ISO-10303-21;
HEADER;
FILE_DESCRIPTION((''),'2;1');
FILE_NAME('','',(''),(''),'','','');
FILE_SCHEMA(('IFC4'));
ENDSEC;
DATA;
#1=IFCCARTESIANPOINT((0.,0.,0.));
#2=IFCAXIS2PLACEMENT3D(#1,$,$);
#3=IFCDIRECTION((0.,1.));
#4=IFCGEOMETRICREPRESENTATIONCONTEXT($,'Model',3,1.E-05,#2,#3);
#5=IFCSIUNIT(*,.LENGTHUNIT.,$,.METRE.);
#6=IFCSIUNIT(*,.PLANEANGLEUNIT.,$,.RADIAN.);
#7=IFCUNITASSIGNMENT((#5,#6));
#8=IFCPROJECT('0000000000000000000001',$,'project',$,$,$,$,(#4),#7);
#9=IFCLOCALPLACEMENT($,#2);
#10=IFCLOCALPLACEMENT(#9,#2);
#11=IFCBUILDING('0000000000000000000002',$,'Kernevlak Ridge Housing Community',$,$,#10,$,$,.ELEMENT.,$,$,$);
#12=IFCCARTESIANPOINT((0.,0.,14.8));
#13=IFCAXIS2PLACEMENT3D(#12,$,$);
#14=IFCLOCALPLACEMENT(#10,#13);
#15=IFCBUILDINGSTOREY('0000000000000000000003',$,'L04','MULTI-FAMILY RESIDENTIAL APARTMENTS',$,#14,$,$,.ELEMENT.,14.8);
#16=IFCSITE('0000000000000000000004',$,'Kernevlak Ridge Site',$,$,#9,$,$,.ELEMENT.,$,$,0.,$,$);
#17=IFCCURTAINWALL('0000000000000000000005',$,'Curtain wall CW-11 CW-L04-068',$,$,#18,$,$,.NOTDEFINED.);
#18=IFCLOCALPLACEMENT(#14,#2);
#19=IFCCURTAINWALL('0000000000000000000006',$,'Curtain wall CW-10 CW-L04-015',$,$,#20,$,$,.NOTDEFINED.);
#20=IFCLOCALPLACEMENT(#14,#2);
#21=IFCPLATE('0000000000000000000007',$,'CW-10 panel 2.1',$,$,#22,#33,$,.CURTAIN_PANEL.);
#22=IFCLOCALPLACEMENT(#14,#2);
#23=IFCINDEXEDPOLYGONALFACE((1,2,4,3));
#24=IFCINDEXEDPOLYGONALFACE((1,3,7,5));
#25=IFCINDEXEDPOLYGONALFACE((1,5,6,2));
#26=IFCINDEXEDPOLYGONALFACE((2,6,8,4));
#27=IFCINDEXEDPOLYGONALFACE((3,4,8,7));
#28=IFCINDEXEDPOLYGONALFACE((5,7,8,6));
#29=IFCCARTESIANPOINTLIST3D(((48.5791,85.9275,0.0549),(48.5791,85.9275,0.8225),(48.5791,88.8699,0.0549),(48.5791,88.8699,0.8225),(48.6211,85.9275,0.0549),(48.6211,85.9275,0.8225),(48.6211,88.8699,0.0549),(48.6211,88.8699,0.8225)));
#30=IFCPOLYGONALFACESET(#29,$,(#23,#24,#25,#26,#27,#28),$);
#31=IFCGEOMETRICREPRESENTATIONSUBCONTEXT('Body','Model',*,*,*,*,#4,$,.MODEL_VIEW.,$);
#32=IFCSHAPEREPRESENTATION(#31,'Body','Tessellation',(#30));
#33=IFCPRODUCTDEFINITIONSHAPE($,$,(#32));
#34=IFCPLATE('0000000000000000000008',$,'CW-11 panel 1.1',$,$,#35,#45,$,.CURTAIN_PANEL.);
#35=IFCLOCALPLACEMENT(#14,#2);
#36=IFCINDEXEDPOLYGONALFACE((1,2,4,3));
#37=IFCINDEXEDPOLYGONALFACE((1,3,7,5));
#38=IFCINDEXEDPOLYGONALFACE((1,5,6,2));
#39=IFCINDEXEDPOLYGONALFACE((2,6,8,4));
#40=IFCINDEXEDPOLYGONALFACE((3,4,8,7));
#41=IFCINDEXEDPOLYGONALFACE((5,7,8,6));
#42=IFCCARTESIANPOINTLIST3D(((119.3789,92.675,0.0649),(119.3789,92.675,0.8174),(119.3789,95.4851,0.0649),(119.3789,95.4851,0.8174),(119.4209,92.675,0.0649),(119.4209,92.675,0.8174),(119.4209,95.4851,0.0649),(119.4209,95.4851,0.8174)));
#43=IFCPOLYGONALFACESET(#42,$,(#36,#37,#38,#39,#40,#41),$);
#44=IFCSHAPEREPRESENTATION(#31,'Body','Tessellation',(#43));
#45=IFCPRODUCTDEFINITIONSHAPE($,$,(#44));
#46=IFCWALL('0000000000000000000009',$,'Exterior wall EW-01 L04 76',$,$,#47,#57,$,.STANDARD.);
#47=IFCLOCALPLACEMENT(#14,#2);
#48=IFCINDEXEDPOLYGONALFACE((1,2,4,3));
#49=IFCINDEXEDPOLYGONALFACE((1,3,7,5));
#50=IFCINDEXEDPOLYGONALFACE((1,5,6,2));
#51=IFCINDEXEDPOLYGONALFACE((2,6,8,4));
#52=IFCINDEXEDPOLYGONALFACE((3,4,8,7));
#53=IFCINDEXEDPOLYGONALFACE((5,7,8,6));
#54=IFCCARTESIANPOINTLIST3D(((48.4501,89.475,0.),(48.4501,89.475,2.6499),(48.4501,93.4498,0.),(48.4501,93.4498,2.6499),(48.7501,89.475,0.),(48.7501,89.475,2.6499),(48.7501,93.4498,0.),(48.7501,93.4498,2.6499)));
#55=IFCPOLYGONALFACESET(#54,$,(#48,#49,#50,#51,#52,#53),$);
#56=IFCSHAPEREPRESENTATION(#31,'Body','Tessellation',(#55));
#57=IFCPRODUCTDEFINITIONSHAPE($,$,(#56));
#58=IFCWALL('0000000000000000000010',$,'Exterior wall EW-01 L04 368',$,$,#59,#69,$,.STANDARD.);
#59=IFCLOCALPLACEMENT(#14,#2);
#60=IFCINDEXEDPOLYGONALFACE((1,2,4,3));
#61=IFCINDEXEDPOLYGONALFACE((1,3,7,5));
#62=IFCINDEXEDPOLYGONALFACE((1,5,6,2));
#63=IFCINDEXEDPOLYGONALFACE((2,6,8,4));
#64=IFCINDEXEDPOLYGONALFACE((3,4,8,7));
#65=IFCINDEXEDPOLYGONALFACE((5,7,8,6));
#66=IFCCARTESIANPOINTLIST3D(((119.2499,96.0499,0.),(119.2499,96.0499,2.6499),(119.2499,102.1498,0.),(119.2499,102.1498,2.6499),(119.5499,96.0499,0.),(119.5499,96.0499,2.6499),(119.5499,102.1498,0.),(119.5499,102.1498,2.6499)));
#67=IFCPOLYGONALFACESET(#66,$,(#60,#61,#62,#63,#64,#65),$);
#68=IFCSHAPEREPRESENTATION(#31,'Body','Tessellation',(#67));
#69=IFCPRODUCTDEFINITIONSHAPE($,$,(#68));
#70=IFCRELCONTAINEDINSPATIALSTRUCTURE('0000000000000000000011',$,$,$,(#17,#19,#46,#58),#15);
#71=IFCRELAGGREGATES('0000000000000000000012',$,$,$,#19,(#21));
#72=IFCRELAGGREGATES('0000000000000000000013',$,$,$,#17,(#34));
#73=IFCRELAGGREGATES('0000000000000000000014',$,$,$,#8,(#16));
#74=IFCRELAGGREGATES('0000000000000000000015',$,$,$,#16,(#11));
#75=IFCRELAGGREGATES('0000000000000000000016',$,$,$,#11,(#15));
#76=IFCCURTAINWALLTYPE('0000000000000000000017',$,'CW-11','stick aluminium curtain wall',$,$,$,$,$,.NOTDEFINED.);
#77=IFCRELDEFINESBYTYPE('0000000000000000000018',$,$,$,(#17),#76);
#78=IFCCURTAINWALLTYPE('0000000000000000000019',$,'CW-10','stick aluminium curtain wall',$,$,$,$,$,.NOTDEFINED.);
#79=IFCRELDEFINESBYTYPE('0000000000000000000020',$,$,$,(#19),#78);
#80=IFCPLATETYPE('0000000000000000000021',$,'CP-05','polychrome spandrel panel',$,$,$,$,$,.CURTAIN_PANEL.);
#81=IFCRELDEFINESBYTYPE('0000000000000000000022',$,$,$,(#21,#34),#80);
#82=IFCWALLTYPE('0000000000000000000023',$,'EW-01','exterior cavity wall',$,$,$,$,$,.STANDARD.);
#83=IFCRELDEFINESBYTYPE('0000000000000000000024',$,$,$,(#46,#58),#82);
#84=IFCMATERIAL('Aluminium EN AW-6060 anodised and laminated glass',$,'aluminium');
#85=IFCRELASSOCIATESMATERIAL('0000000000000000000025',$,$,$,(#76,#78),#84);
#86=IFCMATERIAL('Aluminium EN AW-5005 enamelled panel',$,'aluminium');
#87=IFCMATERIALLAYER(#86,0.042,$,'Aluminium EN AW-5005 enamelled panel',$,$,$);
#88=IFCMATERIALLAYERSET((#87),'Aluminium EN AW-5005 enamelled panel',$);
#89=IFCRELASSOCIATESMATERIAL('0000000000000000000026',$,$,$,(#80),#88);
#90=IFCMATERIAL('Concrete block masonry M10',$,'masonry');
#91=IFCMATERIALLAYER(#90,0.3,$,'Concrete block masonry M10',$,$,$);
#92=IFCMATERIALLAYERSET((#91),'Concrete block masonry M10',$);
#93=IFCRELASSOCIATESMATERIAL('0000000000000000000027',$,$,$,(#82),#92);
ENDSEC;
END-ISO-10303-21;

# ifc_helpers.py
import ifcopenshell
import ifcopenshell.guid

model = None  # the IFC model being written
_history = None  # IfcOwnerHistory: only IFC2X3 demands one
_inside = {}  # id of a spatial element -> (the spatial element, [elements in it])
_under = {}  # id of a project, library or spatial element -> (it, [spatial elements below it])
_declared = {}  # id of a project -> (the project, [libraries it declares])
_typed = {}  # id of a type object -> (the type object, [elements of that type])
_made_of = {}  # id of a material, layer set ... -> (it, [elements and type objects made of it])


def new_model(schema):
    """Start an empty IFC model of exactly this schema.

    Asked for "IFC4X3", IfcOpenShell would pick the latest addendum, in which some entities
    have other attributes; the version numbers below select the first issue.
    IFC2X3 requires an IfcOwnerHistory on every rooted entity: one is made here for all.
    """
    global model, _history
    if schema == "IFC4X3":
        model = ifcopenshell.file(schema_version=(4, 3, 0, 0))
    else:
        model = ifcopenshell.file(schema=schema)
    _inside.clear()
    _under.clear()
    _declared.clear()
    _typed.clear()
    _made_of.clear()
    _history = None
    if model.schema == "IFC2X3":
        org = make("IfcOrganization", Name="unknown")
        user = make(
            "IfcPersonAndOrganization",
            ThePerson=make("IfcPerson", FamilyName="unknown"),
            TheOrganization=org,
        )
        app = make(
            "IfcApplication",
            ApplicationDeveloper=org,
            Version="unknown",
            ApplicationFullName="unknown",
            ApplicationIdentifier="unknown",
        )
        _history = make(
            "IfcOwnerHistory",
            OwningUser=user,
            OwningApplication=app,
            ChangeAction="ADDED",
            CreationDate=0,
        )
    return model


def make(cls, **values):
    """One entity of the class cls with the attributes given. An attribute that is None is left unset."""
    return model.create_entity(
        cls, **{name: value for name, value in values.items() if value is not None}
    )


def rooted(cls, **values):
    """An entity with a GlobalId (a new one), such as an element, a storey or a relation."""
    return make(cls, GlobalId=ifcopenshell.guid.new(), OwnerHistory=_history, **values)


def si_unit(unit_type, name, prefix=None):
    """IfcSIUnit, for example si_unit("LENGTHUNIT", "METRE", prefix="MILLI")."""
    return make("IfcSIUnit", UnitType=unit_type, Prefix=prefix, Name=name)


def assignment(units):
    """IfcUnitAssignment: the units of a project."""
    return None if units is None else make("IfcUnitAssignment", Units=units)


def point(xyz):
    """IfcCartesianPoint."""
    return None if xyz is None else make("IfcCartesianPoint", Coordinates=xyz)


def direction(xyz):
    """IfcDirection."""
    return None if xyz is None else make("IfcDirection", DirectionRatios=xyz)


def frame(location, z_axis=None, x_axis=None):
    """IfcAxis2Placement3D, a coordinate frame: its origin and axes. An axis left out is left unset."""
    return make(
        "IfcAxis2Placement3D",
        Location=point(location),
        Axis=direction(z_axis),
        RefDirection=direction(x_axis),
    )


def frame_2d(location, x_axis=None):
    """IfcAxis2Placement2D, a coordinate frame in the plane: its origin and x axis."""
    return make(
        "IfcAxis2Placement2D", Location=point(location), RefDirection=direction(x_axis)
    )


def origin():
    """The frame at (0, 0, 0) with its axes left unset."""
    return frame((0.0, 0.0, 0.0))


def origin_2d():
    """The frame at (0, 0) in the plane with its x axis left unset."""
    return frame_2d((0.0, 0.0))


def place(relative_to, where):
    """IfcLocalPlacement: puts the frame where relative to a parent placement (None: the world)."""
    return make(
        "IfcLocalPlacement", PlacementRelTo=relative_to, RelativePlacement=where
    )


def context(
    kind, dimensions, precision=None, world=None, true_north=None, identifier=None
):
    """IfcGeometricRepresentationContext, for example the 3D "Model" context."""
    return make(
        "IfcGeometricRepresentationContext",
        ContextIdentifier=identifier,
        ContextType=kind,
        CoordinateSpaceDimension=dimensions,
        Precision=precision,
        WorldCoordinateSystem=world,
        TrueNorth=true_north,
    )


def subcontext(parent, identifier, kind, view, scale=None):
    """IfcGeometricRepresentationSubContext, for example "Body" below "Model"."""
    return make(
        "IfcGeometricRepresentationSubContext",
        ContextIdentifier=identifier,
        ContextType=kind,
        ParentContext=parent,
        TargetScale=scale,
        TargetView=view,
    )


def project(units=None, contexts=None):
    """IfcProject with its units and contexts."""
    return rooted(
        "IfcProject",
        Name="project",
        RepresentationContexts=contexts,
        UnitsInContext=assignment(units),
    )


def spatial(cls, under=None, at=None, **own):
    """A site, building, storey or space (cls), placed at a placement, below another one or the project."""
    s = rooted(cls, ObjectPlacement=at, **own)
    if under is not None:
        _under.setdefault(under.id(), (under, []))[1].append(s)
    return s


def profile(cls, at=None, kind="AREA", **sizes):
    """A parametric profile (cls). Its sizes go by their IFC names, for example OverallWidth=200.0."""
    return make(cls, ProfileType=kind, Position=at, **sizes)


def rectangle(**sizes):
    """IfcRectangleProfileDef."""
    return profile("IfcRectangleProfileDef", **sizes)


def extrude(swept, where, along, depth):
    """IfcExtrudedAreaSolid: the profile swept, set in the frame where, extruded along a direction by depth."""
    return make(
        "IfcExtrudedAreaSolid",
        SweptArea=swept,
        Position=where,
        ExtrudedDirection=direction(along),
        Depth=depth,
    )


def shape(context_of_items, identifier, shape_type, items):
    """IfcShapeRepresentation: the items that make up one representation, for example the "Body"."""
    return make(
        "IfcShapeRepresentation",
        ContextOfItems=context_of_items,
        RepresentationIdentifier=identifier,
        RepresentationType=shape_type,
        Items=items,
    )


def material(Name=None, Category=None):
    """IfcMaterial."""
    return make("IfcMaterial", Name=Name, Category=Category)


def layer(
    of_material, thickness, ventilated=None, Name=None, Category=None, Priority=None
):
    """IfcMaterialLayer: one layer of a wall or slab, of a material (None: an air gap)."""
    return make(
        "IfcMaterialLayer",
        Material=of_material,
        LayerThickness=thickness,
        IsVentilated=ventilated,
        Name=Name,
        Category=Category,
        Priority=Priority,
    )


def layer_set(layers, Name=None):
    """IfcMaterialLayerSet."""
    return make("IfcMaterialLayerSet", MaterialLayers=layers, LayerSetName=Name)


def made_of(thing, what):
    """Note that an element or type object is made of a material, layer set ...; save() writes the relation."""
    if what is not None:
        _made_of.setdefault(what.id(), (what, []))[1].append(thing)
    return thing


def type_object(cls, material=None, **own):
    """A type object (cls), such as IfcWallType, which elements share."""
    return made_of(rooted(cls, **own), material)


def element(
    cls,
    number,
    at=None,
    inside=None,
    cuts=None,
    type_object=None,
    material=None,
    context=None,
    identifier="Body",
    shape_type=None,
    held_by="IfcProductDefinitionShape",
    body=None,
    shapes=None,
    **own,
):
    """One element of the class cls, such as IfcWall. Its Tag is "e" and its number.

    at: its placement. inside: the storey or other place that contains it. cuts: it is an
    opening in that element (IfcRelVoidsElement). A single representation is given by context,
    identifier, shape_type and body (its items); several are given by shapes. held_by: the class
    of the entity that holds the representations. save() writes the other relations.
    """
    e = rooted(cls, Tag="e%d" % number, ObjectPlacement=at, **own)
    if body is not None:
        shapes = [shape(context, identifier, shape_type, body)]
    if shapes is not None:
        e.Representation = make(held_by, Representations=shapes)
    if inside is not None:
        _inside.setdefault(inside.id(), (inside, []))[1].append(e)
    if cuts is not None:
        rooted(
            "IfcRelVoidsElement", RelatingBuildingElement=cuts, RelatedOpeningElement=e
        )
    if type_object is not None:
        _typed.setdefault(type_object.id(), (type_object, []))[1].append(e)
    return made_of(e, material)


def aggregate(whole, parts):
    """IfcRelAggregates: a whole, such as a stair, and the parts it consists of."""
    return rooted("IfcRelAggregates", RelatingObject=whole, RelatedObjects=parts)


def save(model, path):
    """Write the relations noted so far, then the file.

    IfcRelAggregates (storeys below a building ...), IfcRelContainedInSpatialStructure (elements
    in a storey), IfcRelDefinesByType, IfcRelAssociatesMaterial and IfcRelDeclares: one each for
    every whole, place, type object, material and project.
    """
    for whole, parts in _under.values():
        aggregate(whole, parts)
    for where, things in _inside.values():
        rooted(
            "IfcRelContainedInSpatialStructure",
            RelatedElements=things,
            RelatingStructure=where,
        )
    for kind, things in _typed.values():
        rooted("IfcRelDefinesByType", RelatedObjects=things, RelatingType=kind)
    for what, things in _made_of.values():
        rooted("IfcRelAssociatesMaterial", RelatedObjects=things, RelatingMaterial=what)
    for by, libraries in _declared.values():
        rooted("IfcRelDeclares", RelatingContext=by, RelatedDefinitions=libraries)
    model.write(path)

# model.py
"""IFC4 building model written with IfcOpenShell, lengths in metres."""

from ifc_helpers import new_model, si_unit, direction, frame, frame_2d, origin, origin_2d, place, context, subcontext, project, spatial, rectangle, extrude, material, layer, layer_set, type_object, element, aggregate, save


model = new_model("IFC4")

# Units and contexts
model_context = context("Model", 3, precision=1e-05, world=origin(), true_north=direction((0.0, 1.0)))
body_context = subcontext(model_context, "Body", "Model", "MODEL_VIEW")
ifc_project = project(units=[si_unit("LENGTHUNIT", "METRE"), si_unit("PLANEANGLEUNIT", "RADIAN")], contexts=[model_context])

# Site, building, storey
site_placement = place(None, origin())
site = spatial("IfcSite", under=ifc_project, at=site_placement, Name="Kernevlak Ridge Site", CompositionType="ELEMENT", RefElevation=0.0)
building_placement = place(site_placement, origin())
building = spatial("IfcBuilding", under=site, at=building_placement, Name="Kernevlak Ridge Housing Community", CompositionType="ELEMENT")
storey_placement = place(building_placement, frame((0.0, 0.0, 14.8)))
storey = spatial("IfcBuildingStorey", under=building, at=storey_placement, Name="L04", Description="MULTI-FAMILY RESIDENTIAL APARTMENTS", CompositionType="ELEMENT", Elevation=14.8)

# Curtain wall
ifc_material_1 = material(Name="Aluminium EN AW-6060 anodised and laminated glass", Category="aluminium")
curtain_wall_type_1 = type_object("IfcCurtainWallType", Name="CW-11", Description="stick aluminium curtain wall", PredefinedType="NOTDEFINED", material=ifc_material_1)
curtain_wall_1_placement = place(storey_placement, origin())
curtain_wall_1 = element("IfcCurtainWall", 1, at=curtain_wall_1_placement, inside=storey, type_object=curtain_wall_type_1, Name="Curtain wall CW-11 CW-L04-068", PredefinedType="NOTDEFINED")

# Curtain wall
curtain_wall_type_2 = type_object("IfcCurtainWallType", Name="CW-10", Description="stick aluminium curtain wall", PredefinedType="NOTDEFINED", material=ifc_material_1)
curtain_wall_2_placement = place(storey_placement, origin())
curtain_wall_2 = element("IfcCurtainWall", 2, at=curtain_wall_2_placement, inside=storey, type_object=curtain_wall_type_2, Name="Curtain wall CW-10 CW-L04-015", PredefinedType="NOTDEFINED")

# Plates
ifc_material_2 = material(Name="Aluminium EN AW-5005 enamelled panel", Category="aluminium")
ifc_layer_1 = layer(ifc_material_2, 0.042, Name="Aluminium EN AW-5005 enamelled panel")
ifc_layer_set_1 = layer_set([ifc_layer_1], Name="Aluminium EN AW-5005 enamelled panel")
plate_type_1 = type_object("IfcPlateType", Name="CP-05", Description="polychrome spandrel panel", PredefinedType="CURTAIN_PANEL", material=ifc_layer_set_1)
plate_1_placement = place(storey_placement, frame((48.6001, 87.3987, 0.0549), z_axis=(0.0, 0.0, 1.0), x_axis=(0.0, 1.0, 0.0)))
plate_1 = element("IfcPlate", 3, at=plate_1_placement, type_object=plate_type_1, Name="CW-10 panel 2.1", PredefinedType="CURTAIN_PANEL", context=body_context, shape_type="SweptSolid", body=[
    extrude(rectangle(XDim=2.9424, YDim=0.042, at=origin_2d()), origin(), (0.0, 0.0, 1.0), 0.7676),
])
aggregate(curtain_wall_2, [plate_1])
plate_2_placement = place(storey_placement, frame((119.3999, 94.0801, 0.0649), z_axis=(0.0, 0.0, 1.0), x_axis=(0.0, 1.0, 0.0)))
plate_2 = element("IfcPlate", 4, at=plate_2_placement, type_object=plate_type_1, Name="CW-11 panel 1.1", PredefinedType="CURTAIN_PANEL", context=body_context, shape_type="SweptSolid", body=[
    extrude(rectangle(XDim=2.8101, YDim=0.042, at=origin_2d()), origin(), (0.0, 0.0, 1.0), 0.7524),
])
aggregate(curtain_wall_1, [plate_2])

# Walls
ifc_material_3 = material(Name="Concrete block masonry M10", Category="masonry")
ifc_layer_2 = layer(ifc_material_3, 0.3, Name="Concrete block masonry M10")
ifc_layer_set_2 = layer_set([ifc_layer_2], Name="Concrete block masonry M10")
wall_type_1 = type_object("IfcWallType", Name="EW-01", Description="exterior cavity wall", PredefinedType="STANDARD", material=ifc_layer_set_2)
wall_1_placement = place(storey_placement, frame((48.6001, 89.4751, 0.0), z_axis=(0.0, 0.0, 1.0), x_axis=(0.0, 1.0, 0.0)))
element("IfcWall", 5, at=wall_1_placement, inside=storey, type_object=wall_type_1, Name="Exterior wall EW-01 L04 76", PredefinedType="STANDARD", context=body_context, shape_type="SweptSolid", body=[
    extrude(rectangle(XDim=3.9749, YDim=0.3, at=frame_2d((1.9873, 0.0))), origin(), (0.0, 0.0, 1.0), 2.6499),
])
wall_2_placement = place(storey_placement, frame((119.3999, 96.05, 0.0), z_axis=(0.0, 0.0, 1.0), x_axis=(0.0, 1.0, 0.0)))
element("IfcWall", 6, at=wall_2_placement, inside=storey, type_object=wall_type_1, Name="Exterior wall EW-01 L04 368", PredefinedType="STANDARD", context=body_context, shape_type="SweptSolid", body=[
    extrude(rectangle(XDim=6.0999, YDim=0.3, at=frame_2d((3.0498, 0.0))), origin(), (0.0, 0.0, 1.0), 2.6499),
])

save(model, "model.ifc")
